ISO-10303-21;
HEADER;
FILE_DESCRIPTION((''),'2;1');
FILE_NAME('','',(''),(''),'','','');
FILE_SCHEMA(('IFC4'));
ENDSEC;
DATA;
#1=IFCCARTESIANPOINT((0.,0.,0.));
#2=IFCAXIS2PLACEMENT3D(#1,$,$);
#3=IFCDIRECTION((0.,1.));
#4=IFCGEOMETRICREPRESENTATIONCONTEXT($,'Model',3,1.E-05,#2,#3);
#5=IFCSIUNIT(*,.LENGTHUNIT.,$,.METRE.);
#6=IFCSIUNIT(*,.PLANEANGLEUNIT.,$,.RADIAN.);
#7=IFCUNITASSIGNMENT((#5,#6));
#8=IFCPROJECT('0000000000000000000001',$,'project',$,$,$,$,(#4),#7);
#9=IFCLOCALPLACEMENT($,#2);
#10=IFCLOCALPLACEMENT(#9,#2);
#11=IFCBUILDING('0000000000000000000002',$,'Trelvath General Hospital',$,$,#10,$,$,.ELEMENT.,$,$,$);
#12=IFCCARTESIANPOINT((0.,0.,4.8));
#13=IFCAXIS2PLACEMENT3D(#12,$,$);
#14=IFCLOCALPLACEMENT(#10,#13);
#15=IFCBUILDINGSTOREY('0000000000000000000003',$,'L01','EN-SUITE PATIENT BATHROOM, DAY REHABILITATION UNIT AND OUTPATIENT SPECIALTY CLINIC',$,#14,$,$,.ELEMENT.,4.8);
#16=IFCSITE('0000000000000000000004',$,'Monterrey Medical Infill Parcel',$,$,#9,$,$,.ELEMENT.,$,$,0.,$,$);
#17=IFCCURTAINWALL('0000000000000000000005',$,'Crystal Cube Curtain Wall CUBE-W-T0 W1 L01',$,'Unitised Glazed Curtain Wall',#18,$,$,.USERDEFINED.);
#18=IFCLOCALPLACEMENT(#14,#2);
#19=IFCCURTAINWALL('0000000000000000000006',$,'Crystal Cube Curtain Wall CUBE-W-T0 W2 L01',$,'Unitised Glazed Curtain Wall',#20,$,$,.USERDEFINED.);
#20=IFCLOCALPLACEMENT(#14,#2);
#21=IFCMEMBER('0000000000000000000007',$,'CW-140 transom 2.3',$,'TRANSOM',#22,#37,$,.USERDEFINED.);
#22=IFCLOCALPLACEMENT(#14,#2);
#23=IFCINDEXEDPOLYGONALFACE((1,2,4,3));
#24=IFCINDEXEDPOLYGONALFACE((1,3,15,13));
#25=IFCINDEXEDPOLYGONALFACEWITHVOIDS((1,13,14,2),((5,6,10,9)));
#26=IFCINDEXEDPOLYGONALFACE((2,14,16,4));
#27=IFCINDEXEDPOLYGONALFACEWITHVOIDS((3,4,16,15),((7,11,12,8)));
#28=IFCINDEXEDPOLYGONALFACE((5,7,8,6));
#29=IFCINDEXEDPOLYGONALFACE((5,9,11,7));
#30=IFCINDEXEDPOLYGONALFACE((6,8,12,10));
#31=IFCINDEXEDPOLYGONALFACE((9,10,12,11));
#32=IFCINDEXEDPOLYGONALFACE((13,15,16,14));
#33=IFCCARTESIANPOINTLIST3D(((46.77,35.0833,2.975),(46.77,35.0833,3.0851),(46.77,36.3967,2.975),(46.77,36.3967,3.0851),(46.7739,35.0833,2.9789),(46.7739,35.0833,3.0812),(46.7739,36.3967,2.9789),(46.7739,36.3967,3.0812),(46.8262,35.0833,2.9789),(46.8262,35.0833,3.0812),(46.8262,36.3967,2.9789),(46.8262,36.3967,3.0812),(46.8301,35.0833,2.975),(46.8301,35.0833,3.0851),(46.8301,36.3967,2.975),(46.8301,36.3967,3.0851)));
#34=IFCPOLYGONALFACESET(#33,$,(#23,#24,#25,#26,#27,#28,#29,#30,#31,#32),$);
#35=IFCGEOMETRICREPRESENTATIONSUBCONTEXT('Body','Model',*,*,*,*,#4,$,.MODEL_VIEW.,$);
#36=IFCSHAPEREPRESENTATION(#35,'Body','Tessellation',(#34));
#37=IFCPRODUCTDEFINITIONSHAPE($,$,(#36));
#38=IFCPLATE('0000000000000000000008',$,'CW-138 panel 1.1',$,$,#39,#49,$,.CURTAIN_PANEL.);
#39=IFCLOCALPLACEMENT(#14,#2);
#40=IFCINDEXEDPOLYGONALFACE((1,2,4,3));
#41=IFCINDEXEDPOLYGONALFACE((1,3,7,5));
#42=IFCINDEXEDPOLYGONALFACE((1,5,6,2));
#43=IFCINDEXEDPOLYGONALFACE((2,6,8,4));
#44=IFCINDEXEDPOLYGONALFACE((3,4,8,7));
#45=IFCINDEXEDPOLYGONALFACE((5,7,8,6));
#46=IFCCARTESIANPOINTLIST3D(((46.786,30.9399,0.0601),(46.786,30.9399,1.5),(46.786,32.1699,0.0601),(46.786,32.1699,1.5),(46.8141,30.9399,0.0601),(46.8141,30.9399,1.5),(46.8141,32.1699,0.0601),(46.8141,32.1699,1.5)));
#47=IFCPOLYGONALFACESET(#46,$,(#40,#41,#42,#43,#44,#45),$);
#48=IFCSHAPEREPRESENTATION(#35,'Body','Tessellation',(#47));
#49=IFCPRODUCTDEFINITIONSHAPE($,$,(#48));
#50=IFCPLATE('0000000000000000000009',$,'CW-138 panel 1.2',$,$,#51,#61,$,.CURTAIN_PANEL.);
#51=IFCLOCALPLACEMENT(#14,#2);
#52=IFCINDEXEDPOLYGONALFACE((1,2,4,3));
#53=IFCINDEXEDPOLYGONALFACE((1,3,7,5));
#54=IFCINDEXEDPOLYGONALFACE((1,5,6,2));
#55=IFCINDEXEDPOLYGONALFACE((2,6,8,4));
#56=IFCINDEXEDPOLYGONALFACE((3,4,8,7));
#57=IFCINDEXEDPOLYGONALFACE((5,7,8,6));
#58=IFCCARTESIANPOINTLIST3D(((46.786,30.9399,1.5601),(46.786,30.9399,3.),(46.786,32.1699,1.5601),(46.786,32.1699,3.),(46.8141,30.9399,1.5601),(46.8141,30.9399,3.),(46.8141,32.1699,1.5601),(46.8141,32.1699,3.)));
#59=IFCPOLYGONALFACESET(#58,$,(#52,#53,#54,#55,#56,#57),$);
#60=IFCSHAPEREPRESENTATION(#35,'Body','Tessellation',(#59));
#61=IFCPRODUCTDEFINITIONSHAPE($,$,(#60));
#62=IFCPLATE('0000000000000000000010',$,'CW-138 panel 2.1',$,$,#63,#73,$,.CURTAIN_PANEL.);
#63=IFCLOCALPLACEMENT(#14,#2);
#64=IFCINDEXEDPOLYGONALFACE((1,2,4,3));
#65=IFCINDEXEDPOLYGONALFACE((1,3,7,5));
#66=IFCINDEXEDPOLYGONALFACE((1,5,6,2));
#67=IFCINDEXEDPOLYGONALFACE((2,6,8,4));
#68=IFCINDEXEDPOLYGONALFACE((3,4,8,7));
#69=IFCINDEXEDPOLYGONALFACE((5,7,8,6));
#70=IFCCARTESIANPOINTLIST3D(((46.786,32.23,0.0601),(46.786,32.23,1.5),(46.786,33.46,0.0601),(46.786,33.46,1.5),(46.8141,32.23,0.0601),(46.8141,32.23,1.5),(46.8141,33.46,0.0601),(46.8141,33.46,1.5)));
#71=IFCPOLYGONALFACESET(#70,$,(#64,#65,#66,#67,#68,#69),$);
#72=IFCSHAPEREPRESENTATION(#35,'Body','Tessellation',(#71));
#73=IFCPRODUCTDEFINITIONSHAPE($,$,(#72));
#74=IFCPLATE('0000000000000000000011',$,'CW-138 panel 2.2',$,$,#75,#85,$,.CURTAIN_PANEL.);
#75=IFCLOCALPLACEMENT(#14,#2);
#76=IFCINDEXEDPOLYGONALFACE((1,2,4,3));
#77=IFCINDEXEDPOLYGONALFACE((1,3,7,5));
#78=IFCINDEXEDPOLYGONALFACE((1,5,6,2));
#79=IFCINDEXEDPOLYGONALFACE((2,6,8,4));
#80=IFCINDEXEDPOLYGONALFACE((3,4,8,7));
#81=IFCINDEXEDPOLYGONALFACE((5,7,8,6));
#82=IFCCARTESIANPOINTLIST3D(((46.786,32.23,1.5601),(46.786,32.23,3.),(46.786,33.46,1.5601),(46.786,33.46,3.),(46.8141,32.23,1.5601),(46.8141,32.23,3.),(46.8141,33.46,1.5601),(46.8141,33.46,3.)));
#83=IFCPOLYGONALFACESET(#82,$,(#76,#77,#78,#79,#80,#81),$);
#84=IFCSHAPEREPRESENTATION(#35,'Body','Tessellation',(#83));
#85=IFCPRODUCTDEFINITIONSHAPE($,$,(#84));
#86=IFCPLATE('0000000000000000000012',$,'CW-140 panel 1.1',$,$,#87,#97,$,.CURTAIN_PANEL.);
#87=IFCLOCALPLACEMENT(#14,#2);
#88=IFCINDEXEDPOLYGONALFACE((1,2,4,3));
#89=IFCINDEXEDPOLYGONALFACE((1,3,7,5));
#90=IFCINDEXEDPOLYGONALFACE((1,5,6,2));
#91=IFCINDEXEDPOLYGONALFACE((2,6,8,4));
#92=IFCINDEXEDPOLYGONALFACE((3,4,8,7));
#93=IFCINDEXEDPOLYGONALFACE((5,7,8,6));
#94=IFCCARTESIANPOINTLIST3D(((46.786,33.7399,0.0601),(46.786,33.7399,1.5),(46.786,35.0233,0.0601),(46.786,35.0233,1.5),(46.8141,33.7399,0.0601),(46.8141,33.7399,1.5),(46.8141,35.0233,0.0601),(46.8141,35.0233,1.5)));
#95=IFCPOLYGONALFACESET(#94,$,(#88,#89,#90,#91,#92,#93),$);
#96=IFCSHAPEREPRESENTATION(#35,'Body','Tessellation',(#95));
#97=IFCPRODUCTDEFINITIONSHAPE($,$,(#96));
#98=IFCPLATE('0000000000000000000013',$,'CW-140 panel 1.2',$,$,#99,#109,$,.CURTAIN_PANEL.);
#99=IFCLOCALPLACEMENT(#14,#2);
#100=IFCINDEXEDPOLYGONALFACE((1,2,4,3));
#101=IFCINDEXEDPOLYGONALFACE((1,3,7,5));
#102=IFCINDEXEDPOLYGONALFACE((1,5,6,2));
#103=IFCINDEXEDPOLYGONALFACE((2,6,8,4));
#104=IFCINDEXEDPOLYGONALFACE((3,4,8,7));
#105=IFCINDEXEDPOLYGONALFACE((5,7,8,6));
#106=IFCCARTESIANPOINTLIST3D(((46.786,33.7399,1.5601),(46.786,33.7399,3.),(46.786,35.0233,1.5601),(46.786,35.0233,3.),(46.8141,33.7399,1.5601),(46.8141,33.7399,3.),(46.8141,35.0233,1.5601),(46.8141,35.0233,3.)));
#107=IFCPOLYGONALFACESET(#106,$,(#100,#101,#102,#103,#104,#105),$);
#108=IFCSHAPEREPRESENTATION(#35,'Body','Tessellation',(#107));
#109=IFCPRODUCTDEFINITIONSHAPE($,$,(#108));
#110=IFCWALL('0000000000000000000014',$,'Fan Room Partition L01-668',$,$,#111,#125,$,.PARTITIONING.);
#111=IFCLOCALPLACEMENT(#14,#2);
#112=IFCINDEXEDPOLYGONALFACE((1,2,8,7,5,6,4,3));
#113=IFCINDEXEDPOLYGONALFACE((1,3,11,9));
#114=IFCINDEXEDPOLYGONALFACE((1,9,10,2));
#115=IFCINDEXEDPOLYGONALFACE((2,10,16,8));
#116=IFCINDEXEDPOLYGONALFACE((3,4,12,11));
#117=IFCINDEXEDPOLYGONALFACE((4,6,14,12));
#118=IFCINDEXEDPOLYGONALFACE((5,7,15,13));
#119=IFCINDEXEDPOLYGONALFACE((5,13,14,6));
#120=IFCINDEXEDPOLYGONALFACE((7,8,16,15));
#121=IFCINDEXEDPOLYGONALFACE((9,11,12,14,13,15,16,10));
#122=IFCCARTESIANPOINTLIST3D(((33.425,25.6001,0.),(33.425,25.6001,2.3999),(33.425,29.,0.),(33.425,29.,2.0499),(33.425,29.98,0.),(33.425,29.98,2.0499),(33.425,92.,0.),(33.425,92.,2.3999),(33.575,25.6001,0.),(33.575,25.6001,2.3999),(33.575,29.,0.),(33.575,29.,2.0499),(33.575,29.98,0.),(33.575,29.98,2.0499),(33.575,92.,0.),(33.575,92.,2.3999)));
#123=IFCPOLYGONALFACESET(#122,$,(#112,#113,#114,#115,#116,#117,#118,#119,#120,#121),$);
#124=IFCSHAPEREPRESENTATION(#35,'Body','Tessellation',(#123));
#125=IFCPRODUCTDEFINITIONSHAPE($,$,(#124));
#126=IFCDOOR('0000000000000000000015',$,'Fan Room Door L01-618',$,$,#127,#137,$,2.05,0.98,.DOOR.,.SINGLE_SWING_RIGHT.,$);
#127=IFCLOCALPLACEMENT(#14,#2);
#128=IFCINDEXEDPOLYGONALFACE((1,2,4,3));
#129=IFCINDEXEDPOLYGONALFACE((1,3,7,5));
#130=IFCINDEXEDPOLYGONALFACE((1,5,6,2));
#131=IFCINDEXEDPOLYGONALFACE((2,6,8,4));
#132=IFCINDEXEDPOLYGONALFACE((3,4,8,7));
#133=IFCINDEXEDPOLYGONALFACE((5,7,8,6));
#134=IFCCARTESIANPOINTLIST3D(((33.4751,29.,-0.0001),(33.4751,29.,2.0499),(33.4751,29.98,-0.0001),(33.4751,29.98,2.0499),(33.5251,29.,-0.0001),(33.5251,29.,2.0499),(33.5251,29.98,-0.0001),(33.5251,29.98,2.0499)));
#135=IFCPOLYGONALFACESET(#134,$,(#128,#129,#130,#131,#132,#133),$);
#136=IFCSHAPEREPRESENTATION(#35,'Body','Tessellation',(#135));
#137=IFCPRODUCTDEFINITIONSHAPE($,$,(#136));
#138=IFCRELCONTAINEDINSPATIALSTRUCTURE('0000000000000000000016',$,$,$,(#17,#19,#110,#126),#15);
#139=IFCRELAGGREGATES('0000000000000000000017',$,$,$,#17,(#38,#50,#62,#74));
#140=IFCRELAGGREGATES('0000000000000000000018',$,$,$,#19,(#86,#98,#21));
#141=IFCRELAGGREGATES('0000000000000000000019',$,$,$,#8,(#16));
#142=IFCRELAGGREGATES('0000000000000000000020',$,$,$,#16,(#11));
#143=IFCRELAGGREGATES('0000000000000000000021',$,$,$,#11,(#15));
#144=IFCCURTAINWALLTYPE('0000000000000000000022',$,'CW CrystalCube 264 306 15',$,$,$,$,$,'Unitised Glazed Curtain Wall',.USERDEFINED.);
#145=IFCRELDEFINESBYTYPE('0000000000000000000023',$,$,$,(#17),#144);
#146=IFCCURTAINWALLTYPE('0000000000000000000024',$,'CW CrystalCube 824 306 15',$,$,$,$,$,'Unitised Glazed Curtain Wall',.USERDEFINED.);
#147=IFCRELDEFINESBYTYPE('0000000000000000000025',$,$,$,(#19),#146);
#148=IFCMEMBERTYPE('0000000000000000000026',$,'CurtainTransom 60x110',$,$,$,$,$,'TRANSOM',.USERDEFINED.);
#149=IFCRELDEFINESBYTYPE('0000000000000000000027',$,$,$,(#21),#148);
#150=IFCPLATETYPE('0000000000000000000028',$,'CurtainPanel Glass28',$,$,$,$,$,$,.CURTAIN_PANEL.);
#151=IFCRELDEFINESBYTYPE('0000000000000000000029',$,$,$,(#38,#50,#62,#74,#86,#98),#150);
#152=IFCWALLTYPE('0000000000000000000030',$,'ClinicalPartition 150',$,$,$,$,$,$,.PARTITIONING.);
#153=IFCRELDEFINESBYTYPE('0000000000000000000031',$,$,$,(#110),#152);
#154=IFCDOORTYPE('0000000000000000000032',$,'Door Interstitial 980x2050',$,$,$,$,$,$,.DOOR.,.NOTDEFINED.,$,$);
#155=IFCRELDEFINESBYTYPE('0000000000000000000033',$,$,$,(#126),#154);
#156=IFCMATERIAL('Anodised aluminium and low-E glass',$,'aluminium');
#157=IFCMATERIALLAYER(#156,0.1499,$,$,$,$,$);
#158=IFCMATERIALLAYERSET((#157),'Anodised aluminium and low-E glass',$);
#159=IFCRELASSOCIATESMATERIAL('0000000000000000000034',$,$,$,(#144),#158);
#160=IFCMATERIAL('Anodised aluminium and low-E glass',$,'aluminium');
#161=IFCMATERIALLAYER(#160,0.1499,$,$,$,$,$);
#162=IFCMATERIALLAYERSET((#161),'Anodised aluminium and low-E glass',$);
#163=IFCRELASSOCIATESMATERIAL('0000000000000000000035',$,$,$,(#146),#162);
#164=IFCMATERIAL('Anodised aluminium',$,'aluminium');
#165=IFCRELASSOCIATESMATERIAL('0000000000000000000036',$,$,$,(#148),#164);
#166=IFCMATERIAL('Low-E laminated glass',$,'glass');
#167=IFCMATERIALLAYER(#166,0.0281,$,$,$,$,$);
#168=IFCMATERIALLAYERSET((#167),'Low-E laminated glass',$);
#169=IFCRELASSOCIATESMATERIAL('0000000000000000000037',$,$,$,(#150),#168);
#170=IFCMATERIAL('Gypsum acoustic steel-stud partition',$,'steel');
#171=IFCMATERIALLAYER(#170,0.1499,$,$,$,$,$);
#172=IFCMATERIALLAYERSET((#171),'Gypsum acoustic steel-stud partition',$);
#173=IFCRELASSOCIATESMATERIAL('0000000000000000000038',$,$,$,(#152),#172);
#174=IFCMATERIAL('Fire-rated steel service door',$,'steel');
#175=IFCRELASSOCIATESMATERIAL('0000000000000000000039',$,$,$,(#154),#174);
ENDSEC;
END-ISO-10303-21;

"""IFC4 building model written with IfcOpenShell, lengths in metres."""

from ifc_helpers import new_model, si_unit, direction, frame, frame_2d, origin, origin_2d, place, context, subcontext, project, spatial, rectangle, hollow_rectangle, extrude, material, layer, layer_set, material_profile, profile_set, type_object, element, fill, aggregate, save


model = new_model("IFC4")

# Units and contexts
model_context = context("Model", 3, precision=1e-05, world=origin(), true_north=direction((0.0, 1.0)))
body_context = subcontext(model_context, "Body", "Model", "MODEL_VIEW")
ifc_project = project(units=[si_unit("LENGTHUNIT", "METRE"), si_unit("PLANEANGLEUNIT", "RADIAN")], contexts=[model_context])

# Site, building, storey
site_placement = place(None, origin())
site = spatial("IfcSite", under=ifc_project, at=site_placement, Name="Monterrey Medical Infill Parcel", CompositionType="ELEMENT", RefElevation=0.0)
building_placement = place(site_placement, origin())
building = spatial("IfcBuilding", under=site, at=building_placement, Name="Trelvath General Hospital", CompositionType="ELEMENT")
storey_placement = place(building_placement, frame((0.0, 0.0, 4.8)))
storey = spatial("IfcBuildingStorey", under=building, at=storey_placement, Name="L01", Description="EN-SUITE PATIENT BATHROOM, DAY REHABILITATION UNIT AND OUTPATIENT SPECIALTY CLINIC", CompositionType="ELEMENT", Elevation=4.8)

# Curtain walls
ifc_material_1 = material(Name="Anodised aluminium and low-E glass", Category="aluminium")
ifc_layer_1 = layer(ifc_material_1, 0.1499)
ifc_layer_set_1 = layer_set([ifc_layer_1], Name="Anodised aluminium and low-E glass")
curtain_wall_type_1 = type_object("IfcCurtainWallType", Name="CW CrystalCube 264 306 15", ElementType="Unitised Glazed Curtain Wall", PredefinedType="USERDEFINED", material=ifc_layer_set_1)
curtain_wall_1_placement = place(storey_placement, origin())
curtain_wall_1 = element("IfcCurtainWall", 1, at=curtain_wall_1_placement, inside=storey, type_object=curtain_wall_type_1, Name="Crystal Cube Curtain Wall CUBE-W-T0 W1 L01", ObjectType="Unitised Glazed Curtain Wall", PredefinedType="USERDEFINED")
ifc_material_2 = material(Name="Anodised aluminium and low-E glass", Category="aluminium")
ifc_layer_2 = layer(ifc_material_2, 0.1499)
ifc_layer_set_2 = layer_set([ifc_layer_2], Name="Anodised aluminium and low-E glass")
curtain_wall_type_2 = type_object("IfcCurtainWallType", Name="CW CrystalCube 824 306 15", ElementType="Unitised Glazed Curtain Wall", PredefinedType="USERDEFINED", material=ifc_layer_set_2)
curtain_wall_2_placement = place(storey_placement, origin())
curtain_wall_2 = element("IfcCurtainWall", 2, at=curtain_wall_2_placement, inside=storey, type_object=curtain_wall_type_2, Name="Crystal Cube Curtain Wall CUBE-W-T0 W2 L01", ObjectType="Unitised Glazed Curtain Wall", PredefinedType="USERDEFINED")

# Member
ifc_material_3 = material(Name="Anodised aluminium", Category="aluminium")
ifc_material_profile_1 = material_profile(ifc_material_3, hollow_rectangle(XDim=0.0601, YDim=0.1101, WallThickness=0.0039, at=origin_2d()), Name="RHS60x110x4")
ifc_profile_set_1 = profile_set([ifc_material_profile_1], Name="Anodised aluminium")
member_type_1 = type_object("IfcMemberType", Name="CurtainTransom 60x110", ElementType="TRANSOM", PredefinedType="USERDEFINED", material=ifc_profile_set_1)
member_1_placement = place(storey_placement, frame((46.8, 35.0833, 3.03), z_axis=(0.0, 1.0, 0.0), x_axis=(-1.0, 0.0, 0.0)))
member_1 = element("IfcMember", 3, at=member_1_placement, type_object=member_type_1, Name="CW-140 transom 2.3", ObjectType="TRANSOM", PredefinedType="USERDEFINED", context=body_context, shape_type="SweptSolid", body=[
    extrude(hollow_rectangle(XDim=0.0601, YDim=0.1101, WallThickness=0.0039, at=origin_2d()), origin(), (0.0, 0.0, 1.0), 1.3135),
])

# Plates
ifc_material_4 = material(Name="Low-E laminated glass", Category="glass")
ifc_layer_3 = layer(ifc_material_4, 0.0281)
ifc_layer_set_3 = layer_set([ifc_layer_3], Name="Low-E laminated glass")
plate_type = type_object("IfcPlateType", Name="CurtainPanel Glass28", PredefinedType="CURTAIN_PANEL", material=ifc_layer_set_3)
plate_1_placement = place(storey_placement, frame((46.8, 31.5549, 0.0601), z_axis=(0.0, 0.0, 1.0), x_axis=(0.0, 1.0, 0.0)))
plate_1 = element("IfcPlate", 4, at=plate_1_placement, type_object=plate_type, Name="CW-138 panel 1.1", PredefinedType="CURTAIN_PANEL", context=body_context, shape_type="SweptSolid", body=[
    extrude(rectangle(XDim=1.23, YDim=0.0281, at=origin_2d()), origin(), (0.0, 0.0, 1.0), 1.4399),
])
plate_2_placement = place(storey_placement, frame((46.8, 31.5549, 1.5601), z_axis=(0.0, 0.0, 1.0), x_axis=(0.0, 1.0, 0.0)))
plate_2 = element("IfcPlate", 5, at=plate_2_placement, type_object=plate_type, Name="CW-138 panel 1.2", PredefinedType="CURTAIN_PANEL", context=body_context, shape_type="SweptSolid", body=[
    extrude(rectangle(XDim=1.23, YDim=0.0281, at=origin_2d()), origin(), (0.0, 0.0, 1.0), 1.4399),
])
plate_3_placement = place(storey_placement, frame((46.8, 32.845, 0.0601), z_axis=(0.0, 0.0, 1.0), x_axis=(0.0, 1.0, 0.0)))
plate_3 = element("IfcPlate", 6, at=plate_3_placement, type_object=plate_type, Name="CW-138 panel 2.1", PredefinedType="CURTAIN_PANEL", context=body_context, shape_type="SweptSolid", body=[
    extrude(rectangle(XDim=1.23, YDim=0.0281, at=origin_2d()), origin(), (0.0, 0.0, 1.0), 1.4399),
])
plate_4_placement = place(storey_placement, frame((46.8, 32.845, 1.5601), z_axis=(0.0, 0.0, 1.0), x_axis=(0.0, 1.0, 0.0)))
plate_4 = element("IfcPlate", 7, at=plate_4_placement, type_object=plate_type, Name="CW-138 panel 2.2", PredefinedType="CURTAIN_PANEL", context=body_context, shape_type="SweptSolid", body=[
    extrude(rectangle(XDim=1.23, YDim=0.0281, at=origin_2d()), origin(), (0.0, 0.0, 1.0), 1.4399),
])
aggregate(curtain_wall_1, [plate_1, plate_2, plate_3, plate_4])
plate_5_placement = place(storey_placement, frame((46.8, 34.3816, 0.0601), z_axis=(0.0, 0.0, 1.0), x_axis=(0.0, 1.0, 0.0)))
plate_5 = element("IfcPlate", 8, at=plate_5_placement, type_object=plate_type, Name="CW-140 panel 1.1", PredefinedType="CURTAIN_PANEL", context=body_context, shape_type="SweptSolid", body=[
    extrude(rectangle(XDim=1.2834, YDim=0.0281, at=origin_2d()), origin(), (0.0, 0.0, 1.0), 1.4399),
])
plate_6_placement = place(storey_placement, frame((46.8, 34.3816, 1.5601), z_axis=(0.0, 0.0, 1.0), x_axis=(0.0, 1.0, 0.0)))
plate_6 = element("IfcPlate", 9, at=plate_6_placement, type_object=plate_type, Name="CW-140 panel 1.2", PredefinedType="CURTAIN_PANEL", context=body_context, shape_type="SweptSolid", body=[
    extrude(rectangle(XDim=1.2834, YDim=0.0281, at=origin_2d()), origin(), (0.0, 0.0, 1.0), 1.4399),
])
aggregate(curtain_wall_2, [plate_5, plate_6, member_1])

# Wall, opening, door
ifc_material_5 = material(Name="Gypsum acoustic steel-stud partition", Category="steel")
ifc_layer_4 = layer(ifc_material_5, 0.1499)
ifc_layer_set_4 = layer_set([ifc_layer_4], Name="Gypsum acoustic steel-stud partition")
wall_type_1 = type_object("IfcWallType", Name="ClinicalPartition 150", PredefinedType="PARTITIONING", material=ifc_layer_set_4)
wall_1_placement = place(storey_placement, frame((33.5, 25.6001, 0.0), z_axis=(0.0, 0.0, 1.0), x_axis=(0.0, 1.0, 0.0)))
wall_1 = element("IfcWall", 10, at=wall_1_placement, inside=storey, type_object=wall_type_1, Name="Fan Room Partition L01-668", PredefinedType="PARTITIONING", context=body_context, shape_type="SweptSolid", body=[
    extrude(rectangle(XDim=66.3999, YDim=0.1499, at=frame_2d((33.2, 0.0))), origin(), (0.0, 0.0, 1.0), 2.3999),
])
opening_1_placement = place(wall_1_placement, frame((3.3999, 0.0, 0.0)))
opening_1 = element("IfcOpeningElement", 11, at=opening_1_placement, cuts=wall_1, PredefinedType="OPENING", context=body_context, shape_type="SweptSolid", body=[
    extrude(rectangle(XDim=0.98, YDim=2.05, at=frame_2d((0.49, 1.0249))), frame((0.0, 0.085, 0.0), z_axis=(0.0, -1.0, 0.0), x_axis=(1.0, 0.0, 0.0)), (0.0, 0.0, 1.0), 0.1699),
])
ifc_material_6 = material(Name="Fire-rated steel service door", Category="steel")
door_type = type_object("IfcDoorType", Name="Door Interstitial 980x2050", OperationType="NOTDEFINED", PredefinedType="DOOR", material=ifc_material_6)
door_placement = place(opening_1_placement, origin())
door = element("IfcDoor", 12, at=door_placement, inside=storey, type_object=door_type, Name="Fan Room Door L01-618", OperationType="SINGLE_SWING_RIGHT", OverallHeight=2.05, OverallWidth=0.98, PredefinedType="DOOR", context=body_context, shape_type="SweptSolid", body=[
    extrude(rectangle(XDim=0.98, YDim=2.05, at=frame_2d((0.49, 1.0249))), frame((0.0, 0.0249, 0.0), z_axis=(0.0, -1.0, 0.0), x_axis=(1.0, 0.0, 0.0)), (0.0, 0.0, 1.0), 0.05),
])
fill(opening_1, door)

save(model, "model.ifc")
